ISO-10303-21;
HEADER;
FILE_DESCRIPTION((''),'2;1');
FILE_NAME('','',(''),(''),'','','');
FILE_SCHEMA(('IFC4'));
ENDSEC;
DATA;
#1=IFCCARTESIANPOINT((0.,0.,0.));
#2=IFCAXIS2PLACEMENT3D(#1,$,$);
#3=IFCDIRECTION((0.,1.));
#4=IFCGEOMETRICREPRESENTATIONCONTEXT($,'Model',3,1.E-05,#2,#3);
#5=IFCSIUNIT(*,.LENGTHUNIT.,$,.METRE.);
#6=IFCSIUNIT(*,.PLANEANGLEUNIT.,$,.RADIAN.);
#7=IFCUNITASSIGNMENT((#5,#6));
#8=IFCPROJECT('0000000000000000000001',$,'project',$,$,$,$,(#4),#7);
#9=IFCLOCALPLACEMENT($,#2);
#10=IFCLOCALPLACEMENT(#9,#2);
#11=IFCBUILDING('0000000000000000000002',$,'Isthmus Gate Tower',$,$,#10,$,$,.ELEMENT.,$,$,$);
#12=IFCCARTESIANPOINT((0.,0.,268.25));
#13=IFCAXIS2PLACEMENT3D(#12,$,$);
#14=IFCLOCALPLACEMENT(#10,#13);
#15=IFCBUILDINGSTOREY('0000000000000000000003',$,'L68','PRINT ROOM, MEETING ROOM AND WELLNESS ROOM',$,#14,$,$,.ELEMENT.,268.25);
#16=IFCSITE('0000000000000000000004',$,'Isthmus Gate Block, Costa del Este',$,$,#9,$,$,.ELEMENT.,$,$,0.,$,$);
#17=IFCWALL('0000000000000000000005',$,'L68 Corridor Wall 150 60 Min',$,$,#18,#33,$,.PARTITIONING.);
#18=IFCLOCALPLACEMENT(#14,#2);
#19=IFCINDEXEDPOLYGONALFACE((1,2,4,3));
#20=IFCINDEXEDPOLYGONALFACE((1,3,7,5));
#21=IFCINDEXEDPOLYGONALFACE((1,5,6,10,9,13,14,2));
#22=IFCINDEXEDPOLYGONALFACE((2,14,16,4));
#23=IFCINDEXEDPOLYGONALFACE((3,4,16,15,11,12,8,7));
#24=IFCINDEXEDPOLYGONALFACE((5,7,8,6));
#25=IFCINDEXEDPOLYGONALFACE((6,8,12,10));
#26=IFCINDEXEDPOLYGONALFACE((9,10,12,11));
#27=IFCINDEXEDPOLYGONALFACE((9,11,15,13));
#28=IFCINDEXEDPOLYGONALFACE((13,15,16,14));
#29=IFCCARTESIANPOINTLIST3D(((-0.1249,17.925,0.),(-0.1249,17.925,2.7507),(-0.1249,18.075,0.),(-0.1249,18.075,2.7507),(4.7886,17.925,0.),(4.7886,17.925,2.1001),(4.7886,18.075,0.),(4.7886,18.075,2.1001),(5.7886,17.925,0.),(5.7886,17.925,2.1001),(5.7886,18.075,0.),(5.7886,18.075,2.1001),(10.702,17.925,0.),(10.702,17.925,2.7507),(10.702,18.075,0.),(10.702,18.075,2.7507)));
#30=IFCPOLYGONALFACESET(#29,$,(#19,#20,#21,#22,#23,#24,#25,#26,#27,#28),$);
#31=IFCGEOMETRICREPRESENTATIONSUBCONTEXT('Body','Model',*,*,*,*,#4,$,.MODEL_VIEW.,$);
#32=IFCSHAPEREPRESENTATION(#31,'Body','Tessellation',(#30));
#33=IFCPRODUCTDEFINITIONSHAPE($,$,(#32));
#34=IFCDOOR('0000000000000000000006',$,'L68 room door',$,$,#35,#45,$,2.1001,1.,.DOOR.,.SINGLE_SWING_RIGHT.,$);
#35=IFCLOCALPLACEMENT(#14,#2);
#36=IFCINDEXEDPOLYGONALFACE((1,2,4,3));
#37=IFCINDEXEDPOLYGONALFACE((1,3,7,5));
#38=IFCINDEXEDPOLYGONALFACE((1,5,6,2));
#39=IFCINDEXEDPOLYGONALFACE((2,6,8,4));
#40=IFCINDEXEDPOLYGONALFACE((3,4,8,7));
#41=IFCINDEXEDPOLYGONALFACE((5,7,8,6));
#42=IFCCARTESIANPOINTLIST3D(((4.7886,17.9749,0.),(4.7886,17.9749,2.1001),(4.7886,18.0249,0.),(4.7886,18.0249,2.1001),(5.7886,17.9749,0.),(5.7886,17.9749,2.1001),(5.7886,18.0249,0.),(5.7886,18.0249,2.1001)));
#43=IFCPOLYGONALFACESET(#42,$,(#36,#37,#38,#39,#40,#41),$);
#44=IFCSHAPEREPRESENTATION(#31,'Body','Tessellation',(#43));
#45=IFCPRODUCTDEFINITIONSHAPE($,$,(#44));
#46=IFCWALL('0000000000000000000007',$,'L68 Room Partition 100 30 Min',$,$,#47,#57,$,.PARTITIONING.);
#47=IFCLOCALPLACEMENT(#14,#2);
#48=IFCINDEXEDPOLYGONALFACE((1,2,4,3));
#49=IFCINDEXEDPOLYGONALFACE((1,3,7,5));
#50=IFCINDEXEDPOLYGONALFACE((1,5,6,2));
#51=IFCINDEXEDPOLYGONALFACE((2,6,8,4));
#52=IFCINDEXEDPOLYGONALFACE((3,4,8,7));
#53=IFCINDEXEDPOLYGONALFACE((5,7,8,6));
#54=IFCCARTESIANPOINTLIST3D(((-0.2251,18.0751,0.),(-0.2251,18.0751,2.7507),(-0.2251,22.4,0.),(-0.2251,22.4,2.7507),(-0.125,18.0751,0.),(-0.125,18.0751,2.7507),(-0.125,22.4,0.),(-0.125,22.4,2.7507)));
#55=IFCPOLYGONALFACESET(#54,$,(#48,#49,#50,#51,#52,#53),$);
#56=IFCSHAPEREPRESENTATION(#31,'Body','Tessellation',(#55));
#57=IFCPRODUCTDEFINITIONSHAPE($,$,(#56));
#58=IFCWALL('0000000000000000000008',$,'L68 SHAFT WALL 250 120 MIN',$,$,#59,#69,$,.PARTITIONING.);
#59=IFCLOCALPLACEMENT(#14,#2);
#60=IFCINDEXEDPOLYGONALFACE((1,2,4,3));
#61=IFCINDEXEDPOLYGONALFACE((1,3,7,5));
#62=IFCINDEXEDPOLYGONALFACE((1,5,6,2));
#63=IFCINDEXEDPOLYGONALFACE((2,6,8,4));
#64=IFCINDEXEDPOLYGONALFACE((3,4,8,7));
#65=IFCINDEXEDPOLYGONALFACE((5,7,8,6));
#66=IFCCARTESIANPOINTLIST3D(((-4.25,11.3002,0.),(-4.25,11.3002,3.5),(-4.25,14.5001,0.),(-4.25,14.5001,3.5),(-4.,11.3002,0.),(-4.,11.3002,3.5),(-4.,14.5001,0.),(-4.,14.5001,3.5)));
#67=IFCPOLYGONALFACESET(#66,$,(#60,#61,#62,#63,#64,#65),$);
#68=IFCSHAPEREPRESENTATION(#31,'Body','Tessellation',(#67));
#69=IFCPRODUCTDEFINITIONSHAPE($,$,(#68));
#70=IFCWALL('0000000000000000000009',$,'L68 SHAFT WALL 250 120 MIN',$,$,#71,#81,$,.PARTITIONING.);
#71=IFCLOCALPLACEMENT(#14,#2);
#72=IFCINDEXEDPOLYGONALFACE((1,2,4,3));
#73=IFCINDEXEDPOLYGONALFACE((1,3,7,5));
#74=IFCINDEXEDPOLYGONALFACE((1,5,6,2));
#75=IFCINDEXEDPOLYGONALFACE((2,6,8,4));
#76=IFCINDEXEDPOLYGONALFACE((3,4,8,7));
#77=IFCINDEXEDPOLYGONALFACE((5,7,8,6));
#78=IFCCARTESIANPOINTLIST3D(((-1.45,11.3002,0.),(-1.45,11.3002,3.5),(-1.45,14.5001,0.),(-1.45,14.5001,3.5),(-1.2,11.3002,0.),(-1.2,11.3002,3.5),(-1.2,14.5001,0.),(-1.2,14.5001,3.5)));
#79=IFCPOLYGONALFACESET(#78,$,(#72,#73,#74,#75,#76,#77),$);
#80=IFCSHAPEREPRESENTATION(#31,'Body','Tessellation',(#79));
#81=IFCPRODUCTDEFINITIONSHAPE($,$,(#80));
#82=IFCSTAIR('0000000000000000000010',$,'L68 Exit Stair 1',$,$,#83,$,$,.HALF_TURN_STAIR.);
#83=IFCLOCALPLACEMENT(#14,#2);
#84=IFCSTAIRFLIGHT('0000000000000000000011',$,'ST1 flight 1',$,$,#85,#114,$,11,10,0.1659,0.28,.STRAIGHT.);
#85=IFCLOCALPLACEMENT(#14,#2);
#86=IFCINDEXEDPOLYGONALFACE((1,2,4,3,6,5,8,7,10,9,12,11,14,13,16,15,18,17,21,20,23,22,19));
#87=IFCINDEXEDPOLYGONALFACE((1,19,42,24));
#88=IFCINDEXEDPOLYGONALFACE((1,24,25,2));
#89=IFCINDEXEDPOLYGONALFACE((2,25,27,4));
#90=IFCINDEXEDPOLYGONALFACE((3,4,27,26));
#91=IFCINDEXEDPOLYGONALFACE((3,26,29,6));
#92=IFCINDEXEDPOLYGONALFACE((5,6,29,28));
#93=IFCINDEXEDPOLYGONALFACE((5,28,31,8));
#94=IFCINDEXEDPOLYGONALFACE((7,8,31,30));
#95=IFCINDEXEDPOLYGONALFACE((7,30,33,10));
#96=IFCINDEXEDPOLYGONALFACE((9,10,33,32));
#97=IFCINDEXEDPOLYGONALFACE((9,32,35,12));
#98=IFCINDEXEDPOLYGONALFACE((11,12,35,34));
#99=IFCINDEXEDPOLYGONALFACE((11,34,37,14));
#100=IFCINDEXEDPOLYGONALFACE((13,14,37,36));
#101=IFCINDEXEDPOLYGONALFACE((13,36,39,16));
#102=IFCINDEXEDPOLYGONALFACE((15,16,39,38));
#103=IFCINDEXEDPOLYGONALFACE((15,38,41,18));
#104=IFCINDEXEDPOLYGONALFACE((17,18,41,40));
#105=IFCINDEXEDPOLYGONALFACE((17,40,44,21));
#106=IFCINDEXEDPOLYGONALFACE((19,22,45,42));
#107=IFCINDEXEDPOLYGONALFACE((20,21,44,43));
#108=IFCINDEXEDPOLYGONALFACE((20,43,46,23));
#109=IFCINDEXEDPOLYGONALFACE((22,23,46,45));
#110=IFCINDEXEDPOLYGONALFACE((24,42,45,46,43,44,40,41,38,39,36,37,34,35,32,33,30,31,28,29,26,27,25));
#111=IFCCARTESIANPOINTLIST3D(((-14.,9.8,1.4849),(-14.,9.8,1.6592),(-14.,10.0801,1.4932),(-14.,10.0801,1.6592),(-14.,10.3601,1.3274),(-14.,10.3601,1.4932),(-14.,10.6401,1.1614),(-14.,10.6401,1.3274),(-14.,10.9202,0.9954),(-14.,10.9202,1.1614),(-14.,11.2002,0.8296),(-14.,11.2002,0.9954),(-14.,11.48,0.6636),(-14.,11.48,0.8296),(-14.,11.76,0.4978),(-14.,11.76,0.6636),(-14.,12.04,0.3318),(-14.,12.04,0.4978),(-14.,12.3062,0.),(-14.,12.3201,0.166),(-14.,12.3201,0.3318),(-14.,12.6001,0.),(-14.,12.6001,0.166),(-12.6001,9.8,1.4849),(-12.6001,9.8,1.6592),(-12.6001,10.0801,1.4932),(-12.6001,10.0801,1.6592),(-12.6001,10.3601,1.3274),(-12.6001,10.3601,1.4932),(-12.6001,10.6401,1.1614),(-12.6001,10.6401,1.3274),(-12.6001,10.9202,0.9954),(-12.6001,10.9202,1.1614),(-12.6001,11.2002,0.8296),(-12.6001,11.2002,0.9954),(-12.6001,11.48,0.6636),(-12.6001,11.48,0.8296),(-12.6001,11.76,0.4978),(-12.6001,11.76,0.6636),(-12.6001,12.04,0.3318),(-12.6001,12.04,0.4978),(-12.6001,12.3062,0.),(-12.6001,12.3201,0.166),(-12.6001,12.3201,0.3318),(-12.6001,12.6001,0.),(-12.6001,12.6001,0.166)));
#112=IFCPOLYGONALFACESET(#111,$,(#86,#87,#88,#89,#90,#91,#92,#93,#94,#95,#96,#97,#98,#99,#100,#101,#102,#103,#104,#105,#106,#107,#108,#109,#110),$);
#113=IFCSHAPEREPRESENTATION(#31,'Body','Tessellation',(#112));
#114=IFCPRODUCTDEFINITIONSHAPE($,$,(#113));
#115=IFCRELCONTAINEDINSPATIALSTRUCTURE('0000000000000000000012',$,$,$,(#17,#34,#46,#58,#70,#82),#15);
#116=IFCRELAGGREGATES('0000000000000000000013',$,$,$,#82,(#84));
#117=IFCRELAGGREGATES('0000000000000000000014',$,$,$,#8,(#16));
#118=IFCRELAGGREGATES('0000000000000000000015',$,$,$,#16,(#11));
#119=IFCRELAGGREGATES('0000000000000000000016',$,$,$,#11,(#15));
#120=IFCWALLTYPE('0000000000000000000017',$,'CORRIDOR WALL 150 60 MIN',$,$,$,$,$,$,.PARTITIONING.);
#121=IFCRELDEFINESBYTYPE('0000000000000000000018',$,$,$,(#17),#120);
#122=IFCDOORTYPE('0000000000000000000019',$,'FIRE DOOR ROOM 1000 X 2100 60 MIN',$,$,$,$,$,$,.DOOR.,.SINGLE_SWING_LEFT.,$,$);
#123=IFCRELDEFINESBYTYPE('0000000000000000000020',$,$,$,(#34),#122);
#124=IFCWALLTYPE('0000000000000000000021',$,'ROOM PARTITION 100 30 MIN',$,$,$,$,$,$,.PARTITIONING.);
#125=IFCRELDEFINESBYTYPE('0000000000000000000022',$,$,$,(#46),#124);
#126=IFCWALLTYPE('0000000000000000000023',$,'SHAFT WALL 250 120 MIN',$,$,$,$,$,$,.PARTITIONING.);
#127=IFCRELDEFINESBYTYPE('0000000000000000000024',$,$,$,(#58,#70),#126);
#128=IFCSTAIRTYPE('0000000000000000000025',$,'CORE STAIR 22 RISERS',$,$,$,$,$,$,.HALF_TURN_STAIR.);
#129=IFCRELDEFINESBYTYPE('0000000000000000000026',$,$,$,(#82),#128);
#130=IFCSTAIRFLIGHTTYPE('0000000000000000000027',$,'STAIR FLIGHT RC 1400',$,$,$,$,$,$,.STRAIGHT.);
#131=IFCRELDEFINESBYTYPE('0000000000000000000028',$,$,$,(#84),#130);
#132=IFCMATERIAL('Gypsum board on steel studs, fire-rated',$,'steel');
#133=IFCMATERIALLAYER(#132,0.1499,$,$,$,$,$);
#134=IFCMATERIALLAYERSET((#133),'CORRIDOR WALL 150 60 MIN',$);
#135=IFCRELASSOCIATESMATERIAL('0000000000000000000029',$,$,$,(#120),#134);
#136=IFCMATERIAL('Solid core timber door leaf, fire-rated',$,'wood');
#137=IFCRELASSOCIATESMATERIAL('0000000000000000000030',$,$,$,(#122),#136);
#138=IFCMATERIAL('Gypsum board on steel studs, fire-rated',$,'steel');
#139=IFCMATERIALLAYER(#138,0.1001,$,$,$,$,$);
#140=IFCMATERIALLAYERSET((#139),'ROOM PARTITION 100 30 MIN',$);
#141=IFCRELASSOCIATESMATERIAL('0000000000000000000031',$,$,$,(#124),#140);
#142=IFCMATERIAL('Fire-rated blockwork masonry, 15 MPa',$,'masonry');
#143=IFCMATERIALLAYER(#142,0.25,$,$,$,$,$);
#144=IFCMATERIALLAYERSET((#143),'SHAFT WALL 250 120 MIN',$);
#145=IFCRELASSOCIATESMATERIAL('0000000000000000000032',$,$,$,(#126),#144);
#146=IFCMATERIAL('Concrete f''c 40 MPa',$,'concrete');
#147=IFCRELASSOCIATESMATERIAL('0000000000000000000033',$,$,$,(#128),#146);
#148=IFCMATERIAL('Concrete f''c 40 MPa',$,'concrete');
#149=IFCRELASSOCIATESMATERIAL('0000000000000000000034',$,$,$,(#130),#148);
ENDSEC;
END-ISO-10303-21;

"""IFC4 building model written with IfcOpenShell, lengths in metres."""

from ifc_helpers import new_model, si_unit, direction, frame, frame_2d, origin, place, context, subcontext, project, spatial, polyline, rectangle, outline, extrude, material, layer, layer_set, type_object, element, fill, aggregate, save


model = new_model("IFC4")

# Units and contexts
model_context = context("Model", 3, precision=1e-05, world=origin(), true_north=direction((0.0, 1.0)))
body_context = subcontext(model_context, "Body", "Model", "MODEL_VIEW")
ifc_project = project(units=[si_unit("LENGTHUNIT", "METRE"), si_unit("PLANEANGLEUNIT", "RADIAN")], contexts=[model_context])

# Site, building, storey
site_placement = place(None, origin())
site = spatial("IfcSite", under=ifc_project, at=site_placement, Name="Isthmus Gate Block, Costa del Este", CompositionType="ELEMENT", RefElevation=0.0)
building_placement = place(site_placement, origin())
building = spatial("IfcBuilding", under=site, at=building_placement, Name="Isthmus Gate Tower", CompositionType="ELEMENT")
storey_placement = place(building_placement, frame((0.0, 0.0, 268.25)))
storey = spatial("IfcBuildingStorey", under=building, at=storey_placement, Name="L68", Description="PRINT ROOM, MEETING ROOM AND WELLNESS ROOM", CompositionType="ELEMENT", Elevation=268.25)

# Wall, opening, door
ifc_material_1 = material(Name="Gypsum board on steel studs, fire-rated", Category="steel")
ifc_layer_1 = layer(ifc_material_1, 0.1499)
ifc_layer_set_1 = layer_set([ifc_layer_1], Name="CORRIDOR WALL 150 60 MIN")
wall_type_1 = type_object("IfcWallType", Name="CORRIDOR WALL 150 60 MIN", PredefinedType="PARTITIONING", material=ifc_layer_set_1)
wall_1_placement = place(storey_placement, frame((-0.125, 18.0, 0.0), z_axis=(0.0, 0.0, 1.0), x_axis=(1.0, 0.0, 0.0)))
wall_1 = element("IfcWall", 1, at=wall_1_placement, inside=storey, type_object=wall_type_1, Name="L68 Corridor Wall 150 60 Min", PredefinedType="PARTITIONING", context=body_context, shape_type="SweptSolid", body=[
    extrude(rectangle(XDim=10.8269, YDim=0.1499, at=frame_2d((5.4136, 0.0))), origin(), (0.0, 0.0, 1.0), 2.7507),
])
opening_placement = place(wall_1_placement, frame((4.9136, 0.0, 0.0)))
opening = element("IfcOpeningElement", 2, at=opening_placement, cuts=wall_1, PredefinedType="OPENING", context=body_context, shape_type="SweptSolid", body=[
    extrude(rectangle(XDim=1.0, YDim=2.1001, at=frame_2d((0.5, 1.05))), frame((0.0, 0.085, 0.0), z_axis=(0.0, -1.0, 0.0), x_axis=(1.0, 0.0, 0.0)), (0.0, 0.0, 1.0), 0.1699),
])
ifc_material_2 = material(Name="Solid core timber door leaf, fire-rated", Category="wood")
door_type = type_object("IfcDoorType", Name="FIRE DOOR ROOM 1000 X 2100 60 MIN", OperationType="SINGLE_SWING_LEFT", PredefinedType="DOOR", material=ifc_material_2)
door_placement = place(opening_placement, origin())
door = element("IfcDoor", 3, at=door_placement, inside=storey, type_object=door_type, Name="L68 room door", OperationType="SINGLE_SWING_RIGHT", OverallHeight=2.1001, OverallWidth=1.0, PredefinedType="DOOR", context=body_context, shape_type="SweptSolid", body=[
    extrude(rectangle(XDim=1.0, YDim=2.1001, at=frame_2d((0.5, 1.05))), frame((0.0, 0.0249, 0.0), z_axis=(0.0, -1.0, 0.0), x_axis=(1.0, 0.0, 0.0)), (0.0, 0.0, 1.0), 0.05),
])
fill(opening, door)

# Walls
ifc_material_3 = material(Name="Gypsum board on steel studs, fire-rated", Category="steel")
ifc_layer_2 = layer(ifc_material_3, 0.1001)
ifc_layer_set_2 = layer_set([ifc_layer_2], Name="ROOM PARTITION 100 30 MIN")
wall_type_2 = type_object("IfcWallType", Name="ROOM PARTITION 100 30 MIN", PredefinedType="PARTITIONING", material=ifc_layer_set_2)
wall_2_placement = place(storey_placement, frame((-0.175, 18.075, 0.0), z_axis=(0.0, 0.0, 1.0), x_axis=(0.0, 1.0, 0.0)))
element("IfcWall", 4, at=wall_2_placement, inside=storey, type_object=wall_type_2, Name="L68 Room Partition 100 30 Min", PredefinedType="PARTITIONING", context=body_context, shape_type="SweptSolid", body=[
    extrude(rectangle(XDim=4.325, YDim=0.1001, at=frame_2d((2.1626, 0.0))), origin(), (0.0, 0.0, 1.0), 2.7507),
])
ifc_material_4 = material(Name="Fire-rated blockwork masonry, 15 MPa", Category="masonry")
ifc_layer_3 = layer(ifc_material_4, 0.25)
ifc_layer_set_3 = layer_set([ifc_layer_3], Name="SHAFT WALL 250 120 MIN")
wall_type_3 = type_object("IfcWallType", Name="SHAFT WALL 250 120 MIN", PredefinedType="PARTITIONING", material=ifc_layer_set_3)
for number, where, z_axis, x_axis, name in (
    (5, (-4.125, 11.3, 0.0), (0.0, 0.0, 1.0), (0.0, 1.0, 0.0), "L68 SHAFT WALL 250 120 MIN"),
    (6, (-1.325, 11.3, 0.0), (0.0, 0.0, 1.0), (0.0, 1.0, 0.0), "L68 SHAFT WALL 250 120 MIN"),
):
    element("IfcWall", number, at=place(storey_placement, frame(where, z_axis=z_axis, x_axis=x_axis)), inside=storey, type_object=wall_type_3, Name=name, PredefinedType="PARTITIONING", context=body_context, shape_type="SweptSolid", body=[
        extrude(rectangle(XDim=3.2, YDim=0.25, at=frame_2d((1.6001, 0.0))), origin(), (0.0, 0.0, 1.0), 3.5),
    ])

# Stair, stair flight
ifc_material_5 = material(Name="Concrete f'c 40 MPa", Category="concrete")
stair_type = type_object("IfcStairType", Name="CORE STAIR 22 RISERS", PredefinedType="HALF_TURN_STAIR", material=ifc_material_5)
stair_placement = place(storey_placement, origin())
stair = element("IfcStair", 7, at=stair_placement, inside=storey, type_object=stair_type, Name="L68 Exit Stair 1", PredefinedType="HALF_TURN_STAIR")
ifc_material_6 = material(Name="Concrete f'c 40 MPa", Category="concrete")
stair_flight_type = type_object("IfcStairFlightType", Name="STAIR FLIGHT RC 1400", PredefinedType="STRAIGHT", material=ifc_material_6)
stair_flight_placement = place(storey_placement, frame((-13.3, 12.6001, 0.0), z_axis=(0.0, 0.0, 1.0), x_axis=(0.0, -1.0, 0.0)))
stair_flight = element("IfcStairFlight", 8, at=stair_flight_placement, type_object=stair_flight_type, Name="ST1 flight 1", NumberOfRisers=11, NumberOfTreads=10, PredefinedType="STRAIGHT", RiserHeight=0.1659, TreadLength=0.28, context=body_context, shape_type="SweptSolid", body=[
    extrude(outline(polyline([(0.0, 0.0), (0.0, 0.166), (0.28, 0.166), (0.28, 0.3318), (0.5601, 0.3318), (0.5601, 0.4978), (0.8401, 0.4978), (0.8401, 0.6636), (1.1201, 0.6636), (1.1201, 0.8296), (1.3999, 0.8296), (1.3999, 0.9954), (1.6799, 0.9954), (1.6799, 1.1614), (1.96, 1.1614), (1.96, 1.3274), (2.24, 1.3274), (2.24, 1.4932), (2.52, 1.4932), (2.52, 1.6592), (2.8, 1.6592), (2.8, 1.825), (2.8, 1.4849), (0.2939, 0.0), (0.0, 0.0)])), frame((0.0, 0.7, 0.0), z_axis=(0.0, -1.0, 0.0), x_axis=(1.0, 0.0, 0.0)), (0.0, 0.0, 1.0), 1.3999),
])
aggregate(stair, [stair_flight])

save(model, "model.ifc")
